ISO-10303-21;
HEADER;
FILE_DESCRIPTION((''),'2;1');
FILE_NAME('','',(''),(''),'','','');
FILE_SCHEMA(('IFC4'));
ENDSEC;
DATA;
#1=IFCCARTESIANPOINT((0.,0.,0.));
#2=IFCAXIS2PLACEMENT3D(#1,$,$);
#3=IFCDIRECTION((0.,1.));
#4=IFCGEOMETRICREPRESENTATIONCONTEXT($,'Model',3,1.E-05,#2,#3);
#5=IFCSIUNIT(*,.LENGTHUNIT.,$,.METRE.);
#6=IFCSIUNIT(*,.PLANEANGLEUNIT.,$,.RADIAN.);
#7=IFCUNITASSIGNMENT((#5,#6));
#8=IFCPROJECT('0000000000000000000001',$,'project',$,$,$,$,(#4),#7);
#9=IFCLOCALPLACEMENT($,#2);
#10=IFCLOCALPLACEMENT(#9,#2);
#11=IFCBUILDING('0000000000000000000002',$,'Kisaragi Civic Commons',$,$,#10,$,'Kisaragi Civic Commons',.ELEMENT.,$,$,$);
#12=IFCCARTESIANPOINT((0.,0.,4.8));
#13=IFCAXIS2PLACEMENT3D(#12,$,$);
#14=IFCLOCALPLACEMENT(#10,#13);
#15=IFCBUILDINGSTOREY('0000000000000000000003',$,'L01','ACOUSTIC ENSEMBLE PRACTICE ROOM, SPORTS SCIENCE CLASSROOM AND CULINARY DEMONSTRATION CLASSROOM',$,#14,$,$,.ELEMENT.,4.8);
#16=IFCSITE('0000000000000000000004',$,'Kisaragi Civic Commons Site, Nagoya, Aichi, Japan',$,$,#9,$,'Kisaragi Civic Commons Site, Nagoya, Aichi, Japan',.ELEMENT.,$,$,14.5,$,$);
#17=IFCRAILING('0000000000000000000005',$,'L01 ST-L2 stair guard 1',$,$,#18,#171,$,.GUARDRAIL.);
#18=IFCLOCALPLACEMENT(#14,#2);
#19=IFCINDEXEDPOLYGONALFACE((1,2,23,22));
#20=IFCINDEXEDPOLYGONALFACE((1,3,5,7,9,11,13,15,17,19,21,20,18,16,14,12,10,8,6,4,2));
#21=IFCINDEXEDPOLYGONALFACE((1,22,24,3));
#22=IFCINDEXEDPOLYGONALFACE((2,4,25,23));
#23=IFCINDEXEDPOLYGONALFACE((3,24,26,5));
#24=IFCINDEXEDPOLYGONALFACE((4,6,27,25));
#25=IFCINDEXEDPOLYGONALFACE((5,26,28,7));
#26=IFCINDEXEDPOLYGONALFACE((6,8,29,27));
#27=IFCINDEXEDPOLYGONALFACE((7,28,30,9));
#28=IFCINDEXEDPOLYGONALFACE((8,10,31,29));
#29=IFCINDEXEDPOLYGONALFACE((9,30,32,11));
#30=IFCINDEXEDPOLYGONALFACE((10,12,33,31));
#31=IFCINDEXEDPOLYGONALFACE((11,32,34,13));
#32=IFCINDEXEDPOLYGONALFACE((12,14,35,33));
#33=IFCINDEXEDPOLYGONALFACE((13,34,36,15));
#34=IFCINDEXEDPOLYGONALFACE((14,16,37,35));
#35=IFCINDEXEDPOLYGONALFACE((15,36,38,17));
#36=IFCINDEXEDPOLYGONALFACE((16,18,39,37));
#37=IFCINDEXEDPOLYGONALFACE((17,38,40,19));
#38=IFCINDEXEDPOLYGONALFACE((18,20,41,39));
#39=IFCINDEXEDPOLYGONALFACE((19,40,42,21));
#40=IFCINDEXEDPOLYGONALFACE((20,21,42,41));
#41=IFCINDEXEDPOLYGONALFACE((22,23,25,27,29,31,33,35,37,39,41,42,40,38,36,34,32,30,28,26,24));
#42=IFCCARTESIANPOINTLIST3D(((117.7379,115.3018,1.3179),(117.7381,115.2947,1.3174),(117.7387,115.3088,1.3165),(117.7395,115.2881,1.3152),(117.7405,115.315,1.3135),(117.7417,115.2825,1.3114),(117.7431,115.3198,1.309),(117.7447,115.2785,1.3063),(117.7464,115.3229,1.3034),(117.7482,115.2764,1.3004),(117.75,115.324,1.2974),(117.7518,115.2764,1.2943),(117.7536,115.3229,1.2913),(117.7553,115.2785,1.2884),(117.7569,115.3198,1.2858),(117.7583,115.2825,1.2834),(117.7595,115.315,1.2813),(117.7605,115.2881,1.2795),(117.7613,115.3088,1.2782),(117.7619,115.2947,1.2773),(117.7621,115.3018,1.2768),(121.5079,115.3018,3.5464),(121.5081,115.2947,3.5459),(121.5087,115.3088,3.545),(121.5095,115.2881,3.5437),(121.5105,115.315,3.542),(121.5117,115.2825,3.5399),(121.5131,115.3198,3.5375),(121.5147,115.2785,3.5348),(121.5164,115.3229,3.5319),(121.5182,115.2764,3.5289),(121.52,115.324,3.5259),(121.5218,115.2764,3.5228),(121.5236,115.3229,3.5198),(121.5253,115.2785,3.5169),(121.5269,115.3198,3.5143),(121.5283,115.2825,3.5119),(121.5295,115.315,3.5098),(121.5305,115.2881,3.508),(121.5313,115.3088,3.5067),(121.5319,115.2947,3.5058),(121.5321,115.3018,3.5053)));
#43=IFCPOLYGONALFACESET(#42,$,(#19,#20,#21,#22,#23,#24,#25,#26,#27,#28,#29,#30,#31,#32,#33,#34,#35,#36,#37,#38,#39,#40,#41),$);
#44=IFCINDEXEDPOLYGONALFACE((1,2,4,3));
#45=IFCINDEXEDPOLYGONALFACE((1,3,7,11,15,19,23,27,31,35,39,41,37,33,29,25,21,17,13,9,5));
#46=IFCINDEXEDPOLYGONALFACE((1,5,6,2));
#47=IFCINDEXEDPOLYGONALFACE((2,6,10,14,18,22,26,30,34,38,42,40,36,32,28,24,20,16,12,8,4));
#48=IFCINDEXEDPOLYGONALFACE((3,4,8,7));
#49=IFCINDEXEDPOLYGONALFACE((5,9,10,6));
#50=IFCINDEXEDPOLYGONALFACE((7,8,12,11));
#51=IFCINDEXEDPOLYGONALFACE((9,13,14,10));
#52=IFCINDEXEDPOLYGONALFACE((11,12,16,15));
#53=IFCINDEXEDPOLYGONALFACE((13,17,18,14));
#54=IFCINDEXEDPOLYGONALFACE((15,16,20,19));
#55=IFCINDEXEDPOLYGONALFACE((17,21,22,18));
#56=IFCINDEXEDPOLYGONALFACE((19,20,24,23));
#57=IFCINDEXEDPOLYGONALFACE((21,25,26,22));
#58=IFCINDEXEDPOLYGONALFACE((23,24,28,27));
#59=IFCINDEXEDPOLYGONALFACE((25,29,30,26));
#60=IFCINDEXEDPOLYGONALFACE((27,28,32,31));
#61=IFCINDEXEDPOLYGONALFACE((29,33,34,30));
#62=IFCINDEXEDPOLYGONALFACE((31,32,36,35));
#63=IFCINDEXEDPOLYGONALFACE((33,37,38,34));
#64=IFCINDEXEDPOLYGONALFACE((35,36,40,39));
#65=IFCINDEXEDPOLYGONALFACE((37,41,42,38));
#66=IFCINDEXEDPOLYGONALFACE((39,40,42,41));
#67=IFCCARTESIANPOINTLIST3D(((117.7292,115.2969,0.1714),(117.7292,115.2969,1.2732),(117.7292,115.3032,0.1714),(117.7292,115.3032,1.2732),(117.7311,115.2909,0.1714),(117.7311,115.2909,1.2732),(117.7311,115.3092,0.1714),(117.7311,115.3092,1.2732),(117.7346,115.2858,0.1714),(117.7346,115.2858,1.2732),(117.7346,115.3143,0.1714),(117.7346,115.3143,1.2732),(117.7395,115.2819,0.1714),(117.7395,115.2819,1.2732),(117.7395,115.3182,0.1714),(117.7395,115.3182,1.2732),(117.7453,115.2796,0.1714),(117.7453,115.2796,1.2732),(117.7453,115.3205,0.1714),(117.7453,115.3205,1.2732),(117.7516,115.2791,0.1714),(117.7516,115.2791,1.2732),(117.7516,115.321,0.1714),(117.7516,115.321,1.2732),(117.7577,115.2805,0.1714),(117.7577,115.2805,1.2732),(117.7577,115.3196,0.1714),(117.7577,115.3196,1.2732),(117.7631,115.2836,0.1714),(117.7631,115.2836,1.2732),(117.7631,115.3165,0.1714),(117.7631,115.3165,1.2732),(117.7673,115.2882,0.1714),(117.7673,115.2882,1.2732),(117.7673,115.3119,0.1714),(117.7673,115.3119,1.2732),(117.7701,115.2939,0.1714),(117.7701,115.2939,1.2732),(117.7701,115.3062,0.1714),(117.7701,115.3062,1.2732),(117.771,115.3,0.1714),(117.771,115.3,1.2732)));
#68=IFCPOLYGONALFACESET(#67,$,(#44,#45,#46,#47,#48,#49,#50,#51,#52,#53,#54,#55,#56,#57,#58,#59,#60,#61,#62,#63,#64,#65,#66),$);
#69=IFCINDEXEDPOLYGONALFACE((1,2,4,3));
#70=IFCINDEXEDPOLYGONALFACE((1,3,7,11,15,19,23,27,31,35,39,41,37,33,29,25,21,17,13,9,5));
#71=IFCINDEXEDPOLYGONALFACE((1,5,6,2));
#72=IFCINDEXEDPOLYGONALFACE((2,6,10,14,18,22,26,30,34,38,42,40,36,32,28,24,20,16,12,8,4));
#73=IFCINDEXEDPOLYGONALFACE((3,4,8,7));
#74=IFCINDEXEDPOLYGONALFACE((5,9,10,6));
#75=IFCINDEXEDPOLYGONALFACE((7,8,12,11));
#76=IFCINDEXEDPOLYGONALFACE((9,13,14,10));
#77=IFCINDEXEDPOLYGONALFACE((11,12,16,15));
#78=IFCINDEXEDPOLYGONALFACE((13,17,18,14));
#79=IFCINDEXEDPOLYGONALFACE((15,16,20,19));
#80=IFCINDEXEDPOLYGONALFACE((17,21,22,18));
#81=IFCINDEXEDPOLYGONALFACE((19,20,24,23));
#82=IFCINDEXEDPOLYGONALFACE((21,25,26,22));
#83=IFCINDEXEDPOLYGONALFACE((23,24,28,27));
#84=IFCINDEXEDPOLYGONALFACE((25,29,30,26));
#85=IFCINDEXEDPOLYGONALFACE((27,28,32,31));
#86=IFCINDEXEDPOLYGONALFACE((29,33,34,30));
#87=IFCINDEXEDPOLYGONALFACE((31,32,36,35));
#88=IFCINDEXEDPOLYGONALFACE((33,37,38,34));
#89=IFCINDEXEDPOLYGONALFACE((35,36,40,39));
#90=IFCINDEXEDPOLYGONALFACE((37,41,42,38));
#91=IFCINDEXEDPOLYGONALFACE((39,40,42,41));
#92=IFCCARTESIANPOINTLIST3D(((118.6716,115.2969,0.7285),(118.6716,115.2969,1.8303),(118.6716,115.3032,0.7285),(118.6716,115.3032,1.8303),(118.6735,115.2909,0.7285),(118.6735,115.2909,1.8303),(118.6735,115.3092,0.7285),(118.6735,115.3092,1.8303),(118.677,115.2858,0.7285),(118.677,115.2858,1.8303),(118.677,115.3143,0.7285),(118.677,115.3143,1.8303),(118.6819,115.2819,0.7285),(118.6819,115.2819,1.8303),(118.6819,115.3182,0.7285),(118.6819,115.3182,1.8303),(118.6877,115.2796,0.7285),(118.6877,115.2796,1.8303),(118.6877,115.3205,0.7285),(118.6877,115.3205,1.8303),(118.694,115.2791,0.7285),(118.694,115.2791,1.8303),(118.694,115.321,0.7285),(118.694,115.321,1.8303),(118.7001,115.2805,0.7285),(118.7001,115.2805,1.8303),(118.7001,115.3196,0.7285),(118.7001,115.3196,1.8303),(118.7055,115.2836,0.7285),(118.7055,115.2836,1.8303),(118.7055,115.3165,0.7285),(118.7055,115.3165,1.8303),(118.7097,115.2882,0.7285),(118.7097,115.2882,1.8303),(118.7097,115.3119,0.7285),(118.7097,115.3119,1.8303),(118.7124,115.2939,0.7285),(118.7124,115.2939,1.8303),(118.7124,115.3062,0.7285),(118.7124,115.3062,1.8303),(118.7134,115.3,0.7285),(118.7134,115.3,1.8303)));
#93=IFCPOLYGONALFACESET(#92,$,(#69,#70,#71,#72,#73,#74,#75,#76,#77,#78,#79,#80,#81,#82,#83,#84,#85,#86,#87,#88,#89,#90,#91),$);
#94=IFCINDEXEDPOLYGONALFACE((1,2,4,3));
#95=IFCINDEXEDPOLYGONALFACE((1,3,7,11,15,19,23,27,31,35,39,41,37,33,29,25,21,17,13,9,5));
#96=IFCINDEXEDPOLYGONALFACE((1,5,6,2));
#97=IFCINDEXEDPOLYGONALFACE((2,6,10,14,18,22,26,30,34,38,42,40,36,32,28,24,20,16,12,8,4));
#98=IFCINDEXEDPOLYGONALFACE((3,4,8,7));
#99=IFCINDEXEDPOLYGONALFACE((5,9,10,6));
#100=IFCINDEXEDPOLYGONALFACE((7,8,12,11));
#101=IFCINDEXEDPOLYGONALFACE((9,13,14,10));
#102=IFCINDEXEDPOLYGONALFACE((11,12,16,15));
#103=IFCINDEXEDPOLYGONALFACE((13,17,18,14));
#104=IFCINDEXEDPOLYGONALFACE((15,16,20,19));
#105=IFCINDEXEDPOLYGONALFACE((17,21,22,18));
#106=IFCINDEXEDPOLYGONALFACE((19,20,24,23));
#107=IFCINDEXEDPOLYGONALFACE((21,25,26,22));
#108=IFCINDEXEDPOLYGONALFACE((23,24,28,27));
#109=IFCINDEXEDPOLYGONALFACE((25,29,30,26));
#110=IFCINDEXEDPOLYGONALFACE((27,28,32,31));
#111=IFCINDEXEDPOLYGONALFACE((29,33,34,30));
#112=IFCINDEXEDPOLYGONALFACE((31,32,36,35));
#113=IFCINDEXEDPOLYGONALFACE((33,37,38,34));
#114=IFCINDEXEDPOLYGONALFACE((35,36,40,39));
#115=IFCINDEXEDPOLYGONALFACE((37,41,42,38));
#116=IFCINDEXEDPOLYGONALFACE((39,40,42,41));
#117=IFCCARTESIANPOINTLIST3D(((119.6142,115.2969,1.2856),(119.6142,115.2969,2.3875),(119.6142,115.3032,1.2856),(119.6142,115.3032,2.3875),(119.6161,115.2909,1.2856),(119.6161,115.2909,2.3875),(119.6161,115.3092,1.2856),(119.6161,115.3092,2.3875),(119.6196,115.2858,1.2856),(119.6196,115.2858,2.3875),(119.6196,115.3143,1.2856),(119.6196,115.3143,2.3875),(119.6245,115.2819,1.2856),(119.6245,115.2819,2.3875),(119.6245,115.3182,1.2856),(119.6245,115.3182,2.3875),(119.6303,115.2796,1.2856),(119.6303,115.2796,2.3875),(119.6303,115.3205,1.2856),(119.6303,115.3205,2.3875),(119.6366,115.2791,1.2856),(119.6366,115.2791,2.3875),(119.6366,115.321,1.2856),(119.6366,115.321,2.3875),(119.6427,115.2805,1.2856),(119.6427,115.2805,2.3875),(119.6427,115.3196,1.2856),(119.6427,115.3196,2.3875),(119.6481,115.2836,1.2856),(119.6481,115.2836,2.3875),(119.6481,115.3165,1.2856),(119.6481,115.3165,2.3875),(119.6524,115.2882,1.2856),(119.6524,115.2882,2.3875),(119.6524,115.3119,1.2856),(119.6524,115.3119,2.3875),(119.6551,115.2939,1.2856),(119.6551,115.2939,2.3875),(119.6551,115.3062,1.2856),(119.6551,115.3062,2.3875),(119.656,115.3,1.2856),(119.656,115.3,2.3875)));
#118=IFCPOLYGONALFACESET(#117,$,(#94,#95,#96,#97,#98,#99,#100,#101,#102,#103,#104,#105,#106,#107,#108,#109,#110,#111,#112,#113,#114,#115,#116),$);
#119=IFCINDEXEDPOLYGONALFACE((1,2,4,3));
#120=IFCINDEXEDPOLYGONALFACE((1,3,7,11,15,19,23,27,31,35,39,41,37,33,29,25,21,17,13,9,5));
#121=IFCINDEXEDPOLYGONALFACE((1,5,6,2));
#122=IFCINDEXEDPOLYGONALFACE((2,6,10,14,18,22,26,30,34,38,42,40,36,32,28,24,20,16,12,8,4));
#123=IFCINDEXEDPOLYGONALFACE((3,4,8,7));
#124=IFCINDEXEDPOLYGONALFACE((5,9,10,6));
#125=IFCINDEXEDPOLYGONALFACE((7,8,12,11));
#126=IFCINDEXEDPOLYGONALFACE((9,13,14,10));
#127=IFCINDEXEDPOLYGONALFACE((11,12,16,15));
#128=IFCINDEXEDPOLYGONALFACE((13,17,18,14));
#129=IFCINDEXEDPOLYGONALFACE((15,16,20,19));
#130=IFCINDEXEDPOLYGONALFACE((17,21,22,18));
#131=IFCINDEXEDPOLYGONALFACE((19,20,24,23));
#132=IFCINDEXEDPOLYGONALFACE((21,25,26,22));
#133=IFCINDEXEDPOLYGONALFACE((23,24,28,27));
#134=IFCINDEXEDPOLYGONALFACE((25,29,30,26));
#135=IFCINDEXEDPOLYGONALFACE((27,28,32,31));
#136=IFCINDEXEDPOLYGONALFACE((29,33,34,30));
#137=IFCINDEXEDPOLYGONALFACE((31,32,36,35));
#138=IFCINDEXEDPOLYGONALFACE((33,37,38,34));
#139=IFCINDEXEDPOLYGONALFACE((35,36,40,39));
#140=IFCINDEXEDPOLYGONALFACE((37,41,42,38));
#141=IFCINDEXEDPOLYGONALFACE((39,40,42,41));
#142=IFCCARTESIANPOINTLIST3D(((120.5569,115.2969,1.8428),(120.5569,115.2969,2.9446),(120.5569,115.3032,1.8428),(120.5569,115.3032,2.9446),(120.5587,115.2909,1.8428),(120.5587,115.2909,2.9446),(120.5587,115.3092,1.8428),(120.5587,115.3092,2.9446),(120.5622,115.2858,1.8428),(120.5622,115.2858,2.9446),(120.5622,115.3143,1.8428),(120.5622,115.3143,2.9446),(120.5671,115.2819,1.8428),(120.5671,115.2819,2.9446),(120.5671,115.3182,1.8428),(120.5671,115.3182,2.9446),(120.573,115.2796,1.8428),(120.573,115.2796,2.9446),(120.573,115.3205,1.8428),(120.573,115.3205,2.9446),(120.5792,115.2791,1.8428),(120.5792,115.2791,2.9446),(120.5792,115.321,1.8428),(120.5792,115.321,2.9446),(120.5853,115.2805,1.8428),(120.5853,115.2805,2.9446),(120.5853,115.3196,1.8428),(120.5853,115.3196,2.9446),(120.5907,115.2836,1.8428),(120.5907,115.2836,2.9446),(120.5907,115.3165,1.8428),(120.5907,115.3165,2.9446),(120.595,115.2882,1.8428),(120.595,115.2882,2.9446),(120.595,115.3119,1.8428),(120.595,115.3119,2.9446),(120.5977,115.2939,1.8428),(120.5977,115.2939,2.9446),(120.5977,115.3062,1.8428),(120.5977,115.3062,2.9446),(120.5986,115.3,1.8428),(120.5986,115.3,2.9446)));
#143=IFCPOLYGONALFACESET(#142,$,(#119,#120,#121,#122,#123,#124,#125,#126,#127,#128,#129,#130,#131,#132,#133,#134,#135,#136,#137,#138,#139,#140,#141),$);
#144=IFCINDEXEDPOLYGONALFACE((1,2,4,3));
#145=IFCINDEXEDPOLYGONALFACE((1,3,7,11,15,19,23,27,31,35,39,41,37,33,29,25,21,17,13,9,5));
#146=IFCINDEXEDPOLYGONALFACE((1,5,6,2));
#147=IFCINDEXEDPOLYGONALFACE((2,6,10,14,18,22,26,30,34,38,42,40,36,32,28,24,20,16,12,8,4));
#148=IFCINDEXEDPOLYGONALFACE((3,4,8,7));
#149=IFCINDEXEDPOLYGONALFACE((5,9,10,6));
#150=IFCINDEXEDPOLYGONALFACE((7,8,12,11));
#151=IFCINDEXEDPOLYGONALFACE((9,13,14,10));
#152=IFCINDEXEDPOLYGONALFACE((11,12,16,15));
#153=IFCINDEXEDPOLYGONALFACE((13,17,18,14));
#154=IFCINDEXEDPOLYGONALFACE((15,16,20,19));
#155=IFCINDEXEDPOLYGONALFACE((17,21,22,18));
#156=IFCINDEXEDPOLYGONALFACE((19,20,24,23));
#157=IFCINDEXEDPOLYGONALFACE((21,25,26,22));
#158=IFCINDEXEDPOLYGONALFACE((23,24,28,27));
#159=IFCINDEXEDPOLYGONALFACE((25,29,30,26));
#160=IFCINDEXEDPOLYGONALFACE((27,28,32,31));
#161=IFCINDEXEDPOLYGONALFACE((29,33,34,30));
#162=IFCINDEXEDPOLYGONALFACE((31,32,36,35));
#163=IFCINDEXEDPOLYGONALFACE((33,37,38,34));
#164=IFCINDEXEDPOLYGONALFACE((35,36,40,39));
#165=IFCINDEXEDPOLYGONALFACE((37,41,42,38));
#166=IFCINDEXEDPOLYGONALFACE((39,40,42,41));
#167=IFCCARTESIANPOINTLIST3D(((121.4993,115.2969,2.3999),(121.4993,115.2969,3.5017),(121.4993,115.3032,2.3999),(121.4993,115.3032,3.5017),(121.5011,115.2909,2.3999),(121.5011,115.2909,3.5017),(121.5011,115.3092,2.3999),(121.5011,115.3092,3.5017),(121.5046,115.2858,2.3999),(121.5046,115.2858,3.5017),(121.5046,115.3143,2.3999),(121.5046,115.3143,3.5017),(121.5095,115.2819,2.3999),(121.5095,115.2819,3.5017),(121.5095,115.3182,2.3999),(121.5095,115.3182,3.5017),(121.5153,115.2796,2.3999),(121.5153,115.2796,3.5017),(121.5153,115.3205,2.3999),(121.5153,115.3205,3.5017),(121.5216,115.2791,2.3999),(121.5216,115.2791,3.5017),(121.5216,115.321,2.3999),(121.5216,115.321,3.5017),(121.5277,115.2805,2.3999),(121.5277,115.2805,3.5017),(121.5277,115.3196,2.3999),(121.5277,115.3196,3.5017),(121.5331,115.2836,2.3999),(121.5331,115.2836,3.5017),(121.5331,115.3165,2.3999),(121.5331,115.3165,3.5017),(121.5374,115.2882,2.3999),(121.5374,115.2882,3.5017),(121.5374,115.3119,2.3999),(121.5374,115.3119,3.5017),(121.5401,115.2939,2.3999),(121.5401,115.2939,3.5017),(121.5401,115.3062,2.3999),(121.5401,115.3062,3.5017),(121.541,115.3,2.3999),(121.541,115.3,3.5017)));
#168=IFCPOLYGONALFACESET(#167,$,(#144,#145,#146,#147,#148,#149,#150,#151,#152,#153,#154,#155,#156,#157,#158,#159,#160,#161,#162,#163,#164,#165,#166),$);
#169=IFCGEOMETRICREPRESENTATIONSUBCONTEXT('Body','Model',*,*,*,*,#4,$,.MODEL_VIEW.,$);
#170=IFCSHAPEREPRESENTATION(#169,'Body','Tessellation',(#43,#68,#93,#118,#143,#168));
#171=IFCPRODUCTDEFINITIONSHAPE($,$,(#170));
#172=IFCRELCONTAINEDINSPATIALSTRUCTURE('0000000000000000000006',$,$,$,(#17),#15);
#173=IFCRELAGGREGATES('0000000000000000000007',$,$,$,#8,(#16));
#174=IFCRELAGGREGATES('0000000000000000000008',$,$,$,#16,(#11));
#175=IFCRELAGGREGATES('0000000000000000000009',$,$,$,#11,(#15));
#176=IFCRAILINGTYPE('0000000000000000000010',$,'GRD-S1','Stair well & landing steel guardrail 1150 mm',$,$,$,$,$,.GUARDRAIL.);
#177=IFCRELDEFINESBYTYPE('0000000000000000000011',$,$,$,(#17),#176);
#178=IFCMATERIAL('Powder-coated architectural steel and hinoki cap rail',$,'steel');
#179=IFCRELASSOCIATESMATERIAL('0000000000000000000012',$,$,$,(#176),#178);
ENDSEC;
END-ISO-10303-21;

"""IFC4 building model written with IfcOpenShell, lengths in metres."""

from ifc_helpers import new_model, si_unit, direction, frame, origin, origin_2d, place, context, subcontext, project, spatial, circle, extrude, material, type_object, element, save


model = new_model("IFC4")

# Units and contexts
model_context = context("Model", 3, precision=1e-05, world=origin(), true_north=direction((0.0, 1.0)))
body_context = subcontext(model_context, "Body", "Model", "MODEL_VIEW")
ifc_project = project(units=[si_unit("LENGTHUNIT", "METRE"), si_unit("PLANEANGLEUNIT", "RADIAN")], contexts=[model_context])

# Site, building, storey
site_placement = place(None, origin())
site = spatial("IfcSite", under=ifc_project, at=site_placement, Name="Kisaragi Civic Commons Site, Nagoya, Aichi, Japan", LongName="Kisaragi Civic Commons Site, Nagoya, Aichi, Japan", CompositionType="ELEMENT", RefElevation=14.5)
building_placement = place(site_placement, origin())
building = spatial("IfcBuilding", under=site, at=building_placement, Name="Kisaragi Civic Commons", LongName="Kisaragi Civic Commons", CompositionType="ELEMENT")
storey_placement = place(building_placement, frame((0.0, 0.0, 4.8)))
storey = spatial("IfcBuildingStorey", under=building, at=storey_placement, Name="L01", Description="ACOUSTIC ENSEMBLE PRACTICE ROOM, SPORTS SCIENCE CLASSROOM AND CULINARY DEMONSTRATION CLASSROOM", CompositionType="ELEMENT", Elevation=4.8)

# Railing
ifc_material_1 = material(Name="Powder-coated architectural steel and hinoki cap rail", Category="steel")
railing_type_1 = type_object("IfcRailingType", Name="GRD-S1", Description="Stair well & landing steel guardrail 1150 mm", PredefinedType="GUARDRAIL", material=ifc_material_1)
railing_1_placement = place(storey_placement, frame((117.75, 115.3, 0.1714)))
element("IfcRailing", 1, at=railing_1_placement, inside=storey, type_object=railing_type_1, Name="L01 ST-L2 stair guard 1", PredefinedType="GUARDRAIL", context=body_context, shape_type="SweptSolid", body=[
    extrude(circle(Radius=0.0239, at=origin_2d()), frame((0.0, 0.0, 1.126), z_axis=(0.860849, 0.0, 0.508861), x_axis=(0.0, 1.0, 0.0)), (0.0, 0.0, 1.0), 4.3794),
    extrude(circle(Radius=0.021, at=origin_2d()), origin(), (0.0, 0.0, 1.0), 1.1018),
    extrude(circle(Radius=0.021, at=origin_2d()), frame((0.9424, 0.0, 0.5571)), (0.0, 0.0, 1.0), 1.1018),
    extrude(circle(Radius=0.021, at=origin_2d()), frame((1.885, 0.0, 1.1143)), (0.0, 0.0, 1.0), 1.1018),
    extrude(circle(Radius=0.021, at=origin_2d()), frame((2.8276, 0.0, 1.6714)), (0.0, 0.0, 1.0), 1.1018),
    extrude(circle(Radius=0.021, at=origin_2d()), frame((3.77, 0.0, 2.2285)), (0.0, 0.0, 1.0), 1.1018),
])

save(model, "model.ifc")
